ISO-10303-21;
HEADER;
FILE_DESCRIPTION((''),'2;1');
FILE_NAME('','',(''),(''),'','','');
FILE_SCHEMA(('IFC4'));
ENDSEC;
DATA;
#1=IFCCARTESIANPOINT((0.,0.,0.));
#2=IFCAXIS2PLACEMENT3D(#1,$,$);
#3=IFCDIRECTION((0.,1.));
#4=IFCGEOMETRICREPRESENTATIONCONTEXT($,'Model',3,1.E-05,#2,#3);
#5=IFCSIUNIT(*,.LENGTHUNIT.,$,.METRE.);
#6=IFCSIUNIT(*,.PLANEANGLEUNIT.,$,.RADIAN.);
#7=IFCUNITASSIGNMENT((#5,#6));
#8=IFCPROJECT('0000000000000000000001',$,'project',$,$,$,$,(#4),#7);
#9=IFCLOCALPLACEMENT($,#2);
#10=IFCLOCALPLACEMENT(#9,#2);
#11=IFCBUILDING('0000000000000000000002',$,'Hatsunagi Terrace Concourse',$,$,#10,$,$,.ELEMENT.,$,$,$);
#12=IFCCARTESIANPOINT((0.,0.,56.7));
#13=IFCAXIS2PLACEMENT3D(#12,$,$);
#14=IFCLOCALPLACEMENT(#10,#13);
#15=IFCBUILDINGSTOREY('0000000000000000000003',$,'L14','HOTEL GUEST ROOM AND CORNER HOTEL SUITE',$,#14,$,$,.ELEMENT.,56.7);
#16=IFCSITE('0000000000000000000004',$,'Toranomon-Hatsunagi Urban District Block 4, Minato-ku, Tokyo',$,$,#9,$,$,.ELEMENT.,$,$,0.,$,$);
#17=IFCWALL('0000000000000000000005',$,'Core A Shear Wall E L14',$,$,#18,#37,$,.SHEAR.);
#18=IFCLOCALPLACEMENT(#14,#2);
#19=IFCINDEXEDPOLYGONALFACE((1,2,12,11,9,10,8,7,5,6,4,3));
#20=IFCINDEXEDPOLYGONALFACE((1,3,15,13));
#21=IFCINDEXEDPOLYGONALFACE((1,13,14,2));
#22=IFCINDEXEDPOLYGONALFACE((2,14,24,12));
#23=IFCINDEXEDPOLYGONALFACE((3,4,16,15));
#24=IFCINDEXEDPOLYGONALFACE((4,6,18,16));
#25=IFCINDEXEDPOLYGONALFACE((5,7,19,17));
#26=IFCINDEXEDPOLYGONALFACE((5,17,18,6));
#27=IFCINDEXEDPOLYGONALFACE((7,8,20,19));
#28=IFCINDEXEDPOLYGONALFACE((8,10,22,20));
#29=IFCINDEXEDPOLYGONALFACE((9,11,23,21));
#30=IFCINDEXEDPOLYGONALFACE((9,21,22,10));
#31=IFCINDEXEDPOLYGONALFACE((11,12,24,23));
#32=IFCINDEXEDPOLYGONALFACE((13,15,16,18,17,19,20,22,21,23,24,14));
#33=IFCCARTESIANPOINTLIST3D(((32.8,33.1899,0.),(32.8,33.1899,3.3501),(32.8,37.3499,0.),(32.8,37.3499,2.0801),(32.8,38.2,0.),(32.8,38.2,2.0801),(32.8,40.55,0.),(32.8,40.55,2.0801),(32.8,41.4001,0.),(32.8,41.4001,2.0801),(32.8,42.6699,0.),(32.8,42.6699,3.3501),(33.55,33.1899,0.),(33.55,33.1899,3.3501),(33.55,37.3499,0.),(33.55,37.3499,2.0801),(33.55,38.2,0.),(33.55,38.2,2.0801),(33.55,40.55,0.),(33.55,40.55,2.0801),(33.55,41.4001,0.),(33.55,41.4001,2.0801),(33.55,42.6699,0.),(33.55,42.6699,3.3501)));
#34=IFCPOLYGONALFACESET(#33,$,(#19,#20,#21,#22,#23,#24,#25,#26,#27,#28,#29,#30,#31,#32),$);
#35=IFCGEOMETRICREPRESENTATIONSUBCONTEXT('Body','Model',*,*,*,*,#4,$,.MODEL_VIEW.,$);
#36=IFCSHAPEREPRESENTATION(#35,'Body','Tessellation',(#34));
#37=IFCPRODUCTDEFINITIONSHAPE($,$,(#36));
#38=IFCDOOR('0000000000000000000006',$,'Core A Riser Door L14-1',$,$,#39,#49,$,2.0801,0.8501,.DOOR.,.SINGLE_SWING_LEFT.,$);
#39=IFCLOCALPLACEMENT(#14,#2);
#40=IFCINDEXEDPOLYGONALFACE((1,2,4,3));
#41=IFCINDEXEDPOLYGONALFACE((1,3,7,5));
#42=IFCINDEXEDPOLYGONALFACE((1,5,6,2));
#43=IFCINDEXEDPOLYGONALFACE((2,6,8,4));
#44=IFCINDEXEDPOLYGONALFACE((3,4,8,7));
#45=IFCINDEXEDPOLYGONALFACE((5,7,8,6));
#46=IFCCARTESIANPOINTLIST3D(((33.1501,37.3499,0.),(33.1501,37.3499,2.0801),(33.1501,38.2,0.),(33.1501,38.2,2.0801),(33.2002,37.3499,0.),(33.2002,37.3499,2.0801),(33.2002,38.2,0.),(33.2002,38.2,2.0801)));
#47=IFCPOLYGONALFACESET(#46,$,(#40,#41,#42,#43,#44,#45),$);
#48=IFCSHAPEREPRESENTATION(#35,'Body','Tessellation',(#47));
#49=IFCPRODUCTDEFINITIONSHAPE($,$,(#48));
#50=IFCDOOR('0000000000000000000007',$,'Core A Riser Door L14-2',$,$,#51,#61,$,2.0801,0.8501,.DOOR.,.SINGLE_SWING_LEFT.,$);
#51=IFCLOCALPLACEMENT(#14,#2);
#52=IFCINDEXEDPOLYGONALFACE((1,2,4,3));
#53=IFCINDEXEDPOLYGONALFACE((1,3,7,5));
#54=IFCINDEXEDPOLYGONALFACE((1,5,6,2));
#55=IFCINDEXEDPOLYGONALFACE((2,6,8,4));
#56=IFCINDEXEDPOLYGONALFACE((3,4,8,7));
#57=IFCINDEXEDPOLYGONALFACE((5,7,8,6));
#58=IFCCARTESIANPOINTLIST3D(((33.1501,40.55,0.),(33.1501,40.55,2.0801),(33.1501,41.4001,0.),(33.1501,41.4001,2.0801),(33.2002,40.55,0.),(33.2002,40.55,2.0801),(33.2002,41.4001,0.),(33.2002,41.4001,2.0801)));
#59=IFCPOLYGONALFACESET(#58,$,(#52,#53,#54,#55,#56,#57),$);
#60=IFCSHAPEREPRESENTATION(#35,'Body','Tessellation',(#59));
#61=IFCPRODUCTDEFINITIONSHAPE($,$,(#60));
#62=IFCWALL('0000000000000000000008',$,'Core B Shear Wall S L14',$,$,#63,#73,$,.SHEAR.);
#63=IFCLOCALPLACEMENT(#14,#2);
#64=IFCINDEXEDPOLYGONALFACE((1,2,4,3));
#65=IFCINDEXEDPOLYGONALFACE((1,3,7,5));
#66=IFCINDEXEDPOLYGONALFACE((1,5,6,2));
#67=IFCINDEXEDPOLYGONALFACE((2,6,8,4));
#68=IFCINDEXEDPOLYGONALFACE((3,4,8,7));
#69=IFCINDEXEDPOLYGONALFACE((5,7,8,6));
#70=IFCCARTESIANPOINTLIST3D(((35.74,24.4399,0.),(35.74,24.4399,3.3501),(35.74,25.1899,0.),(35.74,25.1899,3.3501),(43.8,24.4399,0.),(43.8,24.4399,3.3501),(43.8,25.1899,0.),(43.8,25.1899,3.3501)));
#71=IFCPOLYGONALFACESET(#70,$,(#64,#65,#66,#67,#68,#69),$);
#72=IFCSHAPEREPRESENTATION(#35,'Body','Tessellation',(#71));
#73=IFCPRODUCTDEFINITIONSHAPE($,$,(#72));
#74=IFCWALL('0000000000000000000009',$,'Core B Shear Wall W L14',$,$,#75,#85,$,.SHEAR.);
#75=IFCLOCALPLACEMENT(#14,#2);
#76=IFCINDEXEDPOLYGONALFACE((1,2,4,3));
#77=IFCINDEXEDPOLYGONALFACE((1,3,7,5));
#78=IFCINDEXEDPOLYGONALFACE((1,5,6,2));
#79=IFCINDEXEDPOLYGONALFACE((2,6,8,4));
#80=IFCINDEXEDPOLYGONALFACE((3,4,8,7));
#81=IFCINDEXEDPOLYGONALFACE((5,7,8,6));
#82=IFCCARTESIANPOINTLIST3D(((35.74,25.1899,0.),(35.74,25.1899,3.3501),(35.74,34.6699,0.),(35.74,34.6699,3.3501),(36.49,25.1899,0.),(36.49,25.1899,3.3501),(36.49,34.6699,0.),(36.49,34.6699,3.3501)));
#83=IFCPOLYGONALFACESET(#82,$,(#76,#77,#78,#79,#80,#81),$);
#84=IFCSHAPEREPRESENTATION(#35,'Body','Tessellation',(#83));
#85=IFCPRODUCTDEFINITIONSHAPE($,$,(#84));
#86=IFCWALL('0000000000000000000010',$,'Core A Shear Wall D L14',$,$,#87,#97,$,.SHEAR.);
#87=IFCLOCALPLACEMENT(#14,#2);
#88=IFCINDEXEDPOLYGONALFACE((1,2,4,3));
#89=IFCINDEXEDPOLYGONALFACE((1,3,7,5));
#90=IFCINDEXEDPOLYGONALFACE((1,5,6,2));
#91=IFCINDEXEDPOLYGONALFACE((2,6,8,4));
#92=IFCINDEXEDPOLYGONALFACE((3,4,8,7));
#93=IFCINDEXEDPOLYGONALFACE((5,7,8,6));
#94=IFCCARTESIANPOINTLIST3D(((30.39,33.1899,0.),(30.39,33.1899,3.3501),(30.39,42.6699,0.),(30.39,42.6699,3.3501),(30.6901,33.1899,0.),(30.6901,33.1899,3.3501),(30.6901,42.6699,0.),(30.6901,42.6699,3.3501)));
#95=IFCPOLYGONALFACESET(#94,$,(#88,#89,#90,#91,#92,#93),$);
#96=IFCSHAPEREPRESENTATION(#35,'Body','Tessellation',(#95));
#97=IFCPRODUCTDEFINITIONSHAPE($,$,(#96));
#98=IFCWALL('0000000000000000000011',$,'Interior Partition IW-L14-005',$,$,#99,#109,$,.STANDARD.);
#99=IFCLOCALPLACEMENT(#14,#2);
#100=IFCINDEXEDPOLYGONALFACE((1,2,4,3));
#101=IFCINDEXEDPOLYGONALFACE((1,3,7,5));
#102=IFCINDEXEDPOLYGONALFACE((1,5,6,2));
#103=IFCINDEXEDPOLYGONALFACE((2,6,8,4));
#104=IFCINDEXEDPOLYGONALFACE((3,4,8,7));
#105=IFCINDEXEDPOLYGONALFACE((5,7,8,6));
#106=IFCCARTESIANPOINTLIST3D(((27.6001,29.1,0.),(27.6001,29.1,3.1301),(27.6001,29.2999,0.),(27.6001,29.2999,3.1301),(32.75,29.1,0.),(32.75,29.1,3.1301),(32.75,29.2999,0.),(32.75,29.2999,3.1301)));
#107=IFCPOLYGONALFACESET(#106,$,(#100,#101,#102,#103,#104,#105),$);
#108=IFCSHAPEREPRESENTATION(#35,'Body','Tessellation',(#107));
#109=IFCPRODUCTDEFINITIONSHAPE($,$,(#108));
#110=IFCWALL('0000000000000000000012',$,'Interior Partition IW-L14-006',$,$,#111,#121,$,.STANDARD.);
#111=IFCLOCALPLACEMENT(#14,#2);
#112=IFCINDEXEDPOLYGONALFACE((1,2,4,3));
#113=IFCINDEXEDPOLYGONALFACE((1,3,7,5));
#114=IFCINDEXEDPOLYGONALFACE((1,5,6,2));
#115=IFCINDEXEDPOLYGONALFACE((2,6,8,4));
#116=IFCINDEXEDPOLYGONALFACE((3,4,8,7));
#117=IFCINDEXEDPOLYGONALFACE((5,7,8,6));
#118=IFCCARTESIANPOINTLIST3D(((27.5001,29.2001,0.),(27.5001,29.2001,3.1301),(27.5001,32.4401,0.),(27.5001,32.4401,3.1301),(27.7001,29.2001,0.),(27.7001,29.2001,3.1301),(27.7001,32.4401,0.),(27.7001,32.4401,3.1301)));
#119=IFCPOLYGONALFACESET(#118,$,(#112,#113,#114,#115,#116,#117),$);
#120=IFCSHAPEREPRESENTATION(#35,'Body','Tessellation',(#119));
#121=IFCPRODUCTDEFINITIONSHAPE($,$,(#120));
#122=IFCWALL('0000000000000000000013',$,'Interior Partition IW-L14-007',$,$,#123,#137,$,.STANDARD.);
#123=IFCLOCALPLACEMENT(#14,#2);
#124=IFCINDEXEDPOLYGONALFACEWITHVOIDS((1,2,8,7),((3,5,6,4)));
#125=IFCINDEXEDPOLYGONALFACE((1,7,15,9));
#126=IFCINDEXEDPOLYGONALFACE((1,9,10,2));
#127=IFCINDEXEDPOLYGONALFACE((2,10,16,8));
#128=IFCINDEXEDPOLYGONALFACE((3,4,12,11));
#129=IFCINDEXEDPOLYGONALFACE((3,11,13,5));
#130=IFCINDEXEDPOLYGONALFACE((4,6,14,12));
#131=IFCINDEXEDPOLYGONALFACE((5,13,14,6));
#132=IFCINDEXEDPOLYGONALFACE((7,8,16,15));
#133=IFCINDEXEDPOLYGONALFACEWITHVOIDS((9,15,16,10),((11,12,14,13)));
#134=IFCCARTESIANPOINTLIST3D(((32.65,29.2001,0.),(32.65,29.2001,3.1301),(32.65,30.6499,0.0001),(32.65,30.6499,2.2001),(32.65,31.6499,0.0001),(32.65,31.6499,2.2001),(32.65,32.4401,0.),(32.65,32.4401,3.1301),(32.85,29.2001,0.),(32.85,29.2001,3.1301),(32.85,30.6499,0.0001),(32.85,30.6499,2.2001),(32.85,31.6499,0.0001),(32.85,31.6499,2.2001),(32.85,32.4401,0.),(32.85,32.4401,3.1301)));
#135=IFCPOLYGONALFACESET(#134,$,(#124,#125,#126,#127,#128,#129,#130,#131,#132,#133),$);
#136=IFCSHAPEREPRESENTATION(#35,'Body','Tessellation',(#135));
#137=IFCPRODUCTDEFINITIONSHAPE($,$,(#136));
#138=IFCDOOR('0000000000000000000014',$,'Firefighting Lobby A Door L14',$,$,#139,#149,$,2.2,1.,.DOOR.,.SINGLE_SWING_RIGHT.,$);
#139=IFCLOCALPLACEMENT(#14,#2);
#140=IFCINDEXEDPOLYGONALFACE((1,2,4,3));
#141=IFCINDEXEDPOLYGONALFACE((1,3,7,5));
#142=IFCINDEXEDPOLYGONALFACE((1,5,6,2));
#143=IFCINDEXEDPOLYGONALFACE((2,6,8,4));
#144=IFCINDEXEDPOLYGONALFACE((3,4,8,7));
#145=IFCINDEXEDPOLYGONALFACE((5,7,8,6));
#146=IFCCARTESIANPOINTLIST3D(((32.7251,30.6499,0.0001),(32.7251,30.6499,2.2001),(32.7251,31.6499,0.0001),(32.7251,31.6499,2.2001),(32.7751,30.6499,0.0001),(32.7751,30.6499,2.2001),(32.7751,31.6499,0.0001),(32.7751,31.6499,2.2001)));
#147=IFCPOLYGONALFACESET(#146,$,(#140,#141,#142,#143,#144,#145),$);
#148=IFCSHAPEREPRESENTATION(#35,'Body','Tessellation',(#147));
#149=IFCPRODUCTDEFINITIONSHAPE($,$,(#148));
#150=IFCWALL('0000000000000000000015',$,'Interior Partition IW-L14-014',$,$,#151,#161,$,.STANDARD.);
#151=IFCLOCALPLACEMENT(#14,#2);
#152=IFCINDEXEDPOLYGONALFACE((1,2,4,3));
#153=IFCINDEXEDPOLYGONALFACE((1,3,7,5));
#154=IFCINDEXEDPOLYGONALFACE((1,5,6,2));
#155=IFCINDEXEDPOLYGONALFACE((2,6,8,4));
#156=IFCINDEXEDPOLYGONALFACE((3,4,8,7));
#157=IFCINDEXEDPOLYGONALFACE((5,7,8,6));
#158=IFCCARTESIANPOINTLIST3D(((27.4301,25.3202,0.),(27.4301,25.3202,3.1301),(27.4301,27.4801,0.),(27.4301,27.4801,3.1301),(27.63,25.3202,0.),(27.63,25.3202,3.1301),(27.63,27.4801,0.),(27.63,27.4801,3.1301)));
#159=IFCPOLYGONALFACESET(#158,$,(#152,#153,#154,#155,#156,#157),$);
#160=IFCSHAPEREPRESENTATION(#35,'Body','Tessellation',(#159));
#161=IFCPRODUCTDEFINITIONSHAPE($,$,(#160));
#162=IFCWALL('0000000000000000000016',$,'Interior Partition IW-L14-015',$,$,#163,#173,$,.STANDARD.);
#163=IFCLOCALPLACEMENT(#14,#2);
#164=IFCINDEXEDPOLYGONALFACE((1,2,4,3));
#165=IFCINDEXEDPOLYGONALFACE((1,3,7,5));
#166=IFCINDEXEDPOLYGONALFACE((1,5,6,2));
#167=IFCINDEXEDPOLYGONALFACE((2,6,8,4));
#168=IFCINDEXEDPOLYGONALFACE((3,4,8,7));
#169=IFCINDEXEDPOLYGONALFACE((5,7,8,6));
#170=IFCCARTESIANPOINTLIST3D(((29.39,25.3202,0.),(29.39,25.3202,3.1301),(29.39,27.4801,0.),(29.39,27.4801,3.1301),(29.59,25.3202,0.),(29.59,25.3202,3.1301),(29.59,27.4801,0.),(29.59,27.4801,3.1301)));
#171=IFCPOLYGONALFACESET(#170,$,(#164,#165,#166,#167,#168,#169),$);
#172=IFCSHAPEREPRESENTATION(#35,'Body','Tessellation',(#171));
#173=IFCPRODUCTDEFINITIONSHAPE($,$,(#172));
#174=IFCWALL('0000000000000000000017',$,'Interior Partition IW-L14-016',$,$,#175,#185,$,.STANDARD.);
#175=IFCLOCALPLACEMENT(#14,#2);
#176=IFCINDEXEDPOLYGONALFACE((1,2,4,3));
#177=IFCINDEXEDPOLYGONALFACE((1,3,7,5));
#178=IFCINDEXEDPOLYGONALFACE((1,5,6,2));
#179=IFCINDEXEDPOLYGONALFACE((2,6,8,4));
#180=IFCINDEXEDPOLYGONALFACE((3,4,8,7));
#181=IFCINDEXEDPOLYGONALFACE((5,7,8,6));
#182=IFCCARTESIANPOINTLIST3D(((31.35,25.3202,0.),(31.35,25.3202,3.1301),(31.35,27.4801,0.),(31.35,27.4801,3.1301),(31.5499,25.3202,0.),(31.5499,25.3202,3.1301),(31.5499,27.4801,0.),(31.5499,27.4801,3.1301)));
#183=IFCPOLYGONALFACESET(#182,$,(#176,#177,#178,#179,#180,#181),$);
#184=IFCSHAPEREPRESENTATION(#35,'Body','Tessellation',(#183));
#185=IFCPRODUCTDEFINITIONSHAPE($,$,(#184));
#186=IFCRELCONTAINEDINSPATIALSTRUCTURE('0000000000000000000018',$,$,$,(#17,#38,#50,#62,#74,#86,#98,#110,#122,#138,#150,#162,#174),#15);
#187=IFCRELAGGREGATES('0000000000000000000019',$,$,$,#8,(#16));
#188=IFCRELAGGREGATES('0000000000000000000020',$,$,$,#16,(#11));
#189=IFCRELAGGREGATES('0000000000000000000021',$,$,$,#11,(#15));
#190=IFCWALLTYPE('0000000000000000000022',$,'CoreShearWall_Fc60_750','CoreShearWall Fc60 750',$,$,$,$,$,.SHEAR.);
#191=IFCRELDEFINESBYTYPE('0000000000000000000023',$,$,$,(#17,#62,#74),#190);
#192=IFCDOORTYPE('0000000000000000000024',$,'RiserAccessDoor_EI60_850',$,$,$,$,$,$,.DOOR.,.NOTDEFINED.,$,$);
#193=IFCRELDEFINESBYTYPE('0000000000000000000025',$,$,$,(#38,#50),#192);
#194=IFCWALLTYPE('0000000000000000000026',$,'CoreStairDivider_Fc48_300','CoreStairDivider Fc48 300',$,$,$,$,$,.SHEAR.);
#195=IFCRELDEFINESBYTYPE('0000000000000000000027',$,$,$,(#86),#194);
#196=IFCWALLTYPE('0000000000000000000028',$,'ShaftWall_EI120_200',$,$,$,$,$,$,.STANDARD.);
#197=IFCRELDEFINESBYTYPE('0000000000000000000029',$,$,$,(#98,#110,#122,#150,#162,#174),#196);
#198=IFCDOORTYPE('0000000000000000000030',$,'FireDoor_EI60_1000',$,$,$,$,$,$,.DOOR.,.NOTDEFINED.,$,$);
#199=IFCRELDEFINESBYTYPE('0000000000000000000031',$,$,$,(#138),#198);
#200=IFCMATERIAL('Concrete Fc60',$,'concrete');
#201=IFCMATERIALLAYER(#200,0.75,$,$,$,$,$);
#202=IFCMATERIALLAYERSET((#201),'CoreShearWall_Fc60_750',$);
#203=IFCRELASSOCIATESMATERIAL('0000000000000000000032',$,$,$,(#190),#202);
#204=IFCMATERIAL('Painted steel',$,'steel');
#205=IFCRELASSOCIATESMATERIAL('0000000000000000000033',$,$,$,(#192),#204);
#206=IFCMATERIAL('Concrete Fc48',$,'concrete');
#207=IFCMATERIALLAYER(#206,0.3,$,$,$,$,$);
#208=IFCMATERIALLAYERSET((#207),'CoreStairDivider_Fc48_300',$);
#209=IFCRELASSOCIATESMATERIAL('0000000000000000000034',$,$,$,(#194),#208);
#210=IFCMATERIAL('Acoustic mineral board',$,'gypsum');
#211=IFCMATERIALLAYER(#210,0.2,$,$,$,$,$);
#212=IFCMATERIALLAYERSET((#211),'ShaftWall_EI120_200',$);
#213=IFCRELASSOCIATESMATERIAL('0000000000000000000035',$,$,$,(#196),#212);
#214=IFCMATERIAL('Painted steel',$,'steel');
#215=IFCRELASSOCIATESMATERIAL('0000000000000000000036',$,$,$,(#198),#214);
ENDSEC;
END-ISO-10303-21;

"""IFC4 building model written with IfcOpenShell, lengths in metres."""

from ifc_helpers import new_model, si_unit, direction, frame, frame_2d, origin, place, context, subcontext, project, spatial, rectangle, extrude, material, layer, layer_set, type_object, element, fill, save


model = new_model("IFC4")

# Units and contexts
model_context = context("Model", 3, precision=1e-05, world=origin(), true_north=direction((0.0, 1.0)))
body_context = subcontext(model_context, "Body", "Model", "MODEL_VIEW")
ifc_project = project(units=[si_unit("LENGTHUNIT", "METRE"), si_unit("PLANEANGLEUNIT", "RADIAN")], contexts=[model_context])

# Site, building, storey
site_placement = place(None, origin())
site = spatial("IfcSite", under=ifc_project, at=site_placement, Name="Toranomon-Hatsunagi Urban District Block 4, Minato-ku, Tokyo", CompositionType="ELEMENT", RefElevation=0.0)
building_placement = place(site_placement, origin())
building = spatial("IfcBuilding", under=site, at=building_placement, Name="Hatsunagi Terrace Concourse", CompositionType="ELEMENT")
storey_placement = place(building_placement, frame((0.0, 0.0, 56.7)))
storey = spatial("IfcBuildingStorey", under=building, at=storey_placement, Name="L14", Description="HOTEL GUEST ROOM AND CORNER HOTEL SUITE", CompositionType="ELEMENT", Elevation=56.7)

# Wall, openings, doors
ifc_material_1 = material(Name="Concrete Fc60", Category="concrete")
ifc_layer_1 = layer(ifc_material_1, 0.75)
ifc_layer_set_1 = layer_set([ifc_layer_1], Name="CoreShearWall_Fc60_750")
wall_type_1 = type_object("IfcWallType", Name="CoreShearWall_Fc60_750", Description="CoreShearWall Fc60 750", PredefinedType="SHEAR", material=ifc_layer_set_1)
wall_1_placement = place(storey_placement, frame((33.175, 33.1899, 0.0), z_axis=(0.0, 0.0, 1.0), x_axis=(0.0, 1.0, 0.0)))
wall_1 = element("IfcWall", 1, at=wall_1_placement, inside=storey, type_object=wall_type_1, Name="Core A Shear Wall E L14", PredefinedType="SHEAR", context=body_context, shape_type="SweptSolid", body=[
    extrude(rectangle(XDim=9.48, YDim=0.75, at=frame_2d((4.74, 0.0))), origin(), (0.0, 0.0, 1.0), 3.3501),
])
opening_1_placement = place(wall_1_placement, frame((4.1599, 0.0, 0.0)))
opening_1 = element("IfcOpeningElement", 2, at=opening_1_placement, cuts=wall_1, PredefinedType="OPENING", context=body_context, shape_type="SweptSolid", body=[
    extrude(rectangle(XDim=0.8501, YDim=2.0801, at=frame_2d((0.425, 1.04))), frame((0.0, 0.385, 0.0), z_axis=(0.0, -1.0, 0.0), x_axis=(1.0, 0.0, 0.0)), (0.0, 0.0, 1.0), 0.77),
])
opening_2_placement = place(wall_1_placement, frame((7.3601, 0.0, 0.0)))
opening_2 = element("IfcOpeningElement", 3, at=opening_2_placement, cuts=wall_1, PredefinedType="OPENING", context=body_context, shape_type="SweptSolid", body=[
    extrude(rectangle(XDim=0.8501, YDim=2.0801, at=frame_2d((0.425, 1.04))), frame((0.0, 0.385, 0.0), z_axis=(0.0, -1.0, 0.0), x_axis=(1.0, 0.0, 0.0)), (0.0, 0.0, 1.0), 0.77),
])
ifc_material_2 = material(Name="Painted steel", Category="steel")
door_type_1 = type_object("IfcDoorType", Name="RiserAccessDoor_EI60_850", OperationType="NOTDEFINED", PredefinedType="DOOR", material=ifc_material_2)
door_1_placement = place(opening_1_placement, origin())
door_1 = element("IfcDoor", 4, at=door_1_placement, inside=storey, type_object=door_type_1, Name="Core A Riser Door L14-1", OperationType="SINGLE_SWING_LEFT", OverallHeight=2.0801, OverallWidth=0.8501, PredefinedType="DOOR", context=body_context, shape_type="SweptSolid", body=[
    extrude(rectangle(XDim=0.8501, YDim=2.0801, at=frame_2d((0.425, 1.04))), frame((0.0, 0.0249, 0.0), z_axis=(0.0, -1.0, 0.0), x_axis=(1.0, 0.0, 0.0)), (0.0, 0.0, 1.0), 0.05),
])
fill(opening_1, door_1)
door_2_placement = place(opening_2_placement, origin())
door_2 = element("IfcDoor", 5, at=door_2_placement, inside=storey, type_object=door_type_1, Name="Core A Riser Door L14-2", OperationType="SINGLE_SWING_LEFT", OverallHeight=2.0801, OverallWidth=0.8501, PredefinedType="DOOR", context=body_context, shape_type="SweptSolid", body=[
    extrude(rectangle(XDim=0.8501, YDim=2.0801, at=frame_2d((0.425, 1.04))), frame((0.0, 0.0249, 0.0), z_axis=(0.0, -1.0, 0.0), x_axis=(1.0, 0.0, 0.0)), (0.0, 0.0, 1.0), 0.05),
])
fill(opening_2, door_2)

# Wall
wall_2_placement = place(storey_placement, frame((35.74, 24.8149, 0.0), z_axis=(0.0, 0.0, 1.0), x_axis=(1.0, 0.0, 0.0)))
element("IfcWall", 6, at=wall_2_placement, inside=storey, type_object=wall_type_1, Name="Core B Shear Wall S L14", PredefinedType="SHEAR", context=body_context, shape_type="SweptSolid", body=[
    extrude(rectangle(XDim=8.0601, YDim=0.75, at=frame_2d((4.03, 0.0))), origin(), (0.0, 0.0, 1.0), 3.3501),
])

# Walls
wall_3_placement = place(storey_placement, frame((36.115, 25.1899, 0.0), z_axis=(0.0, 0.0, 1.0), x_axis=(0.0, 1.0, 0.0)))
element("IfcWall", 7, at=wall_3_placement, inside=storey, type_object=wall_type_1, Name="Core B Shear Wall W L14", PredefinedType="SHEAR", context=body_context, shape_type="SweptSolid", body=[
    extrude(rectangle(XDim=9.48, YDim=0.75, at=frame_2d((4.74, 0.0))), origin(), (0.0, 0.0, 1.0), 3.3501),
])
ifc_material_3 = material(Name="Concrete Fc48", Category="concrete")
ifc_layer_2 = layer(ifc_material_3, 0.3)
ifc_layer_set_2 = layer_set([ifc_layer_2], Name="CoreStairDivider_Fc48_300")
wall_type_2 = type_object("IfcWallType", Name="CoreStairDivider_Fc48_300", Description="CoreStairDivider Fc48 300", PredefinedType="SHEAR", material=ifc_layer_set_2)
wall_4_placement = place(storey_placement, frame((30.54, 33.1899, 0.0), z_axis=(0.0, 0.0, 1.0), x_axis=(0.0, 1.0, 0.0)))
element("IfcWall", 8, at=wall_4_placement, inside=storey, type_object=wall_type_2, Name="Core A Shear Wall D L14", PredefinedType="SHEAR", context=body_context, shape_type="SweptSolid", body=[
    extrude(rectangle(XDim=9.48, YDim=0.3, at=frame_2d((4.74, 0.0))), origin(), (0.0, 0.0, 1.0), 3.3501),
])
ifc_material_4 = material(Name="Acoustic mineral board", Category="gypsum")
ifc_layer_3 = layer(ifc_material_4, 0.2)
ifc_layer_set_3 = layer_set([ifc_layer_3], Name="ShaftWall_EI120_200")
wall_type_3 = type_object("IfcWallType", Name="ShaftWall_EI120_200", PredefinedType="STANDARD", material=ifc_layer_set_3)
wall_5_placement = place(storey_placement, frame((27.6001, 29.2, 0.0), z_axis=(0.0, 0.0, 1.0), x_axis=(1.0, 0.0, 0.0)))
element("IfcWall", 9, at=wall_5_placement, inside=storey, type_object=wall_type_3, Name="Interior Partition IW-L14-005", PredefinedType="STANDARD", context=body_context, shape_type="SweptSolid", body=[
    extrude(rectangle(XDim=5.1499, YDim=0.2, at=frame_2d((2.575, 0.0))), origin(), (0.0, 0.0, 1.0), 3.1301),
])
wall_6_placement = place(storey_placement, frame((27.6001, 29.2, 0.0), z_axis=(0.0, 0.0, 1.0), x_axis=(0.0, 1.0, 0.0)))
element("IfcWall", 10, at=wall_6_placement, inside=storey, type_object=wall_type_3, Name="Interior Partition IW-L14-006", PredefinedType="STANDARD", context=body_context, shape_type="SweptSolid", body=[
    extrude(rectangle(XDim=3.24, YDim=0.2, at=frame_2d((1.6201, 0.0))), origin(), (0.0, 0.0, 1.0), 3.1301),
])

# Wall, opening, door
wall_7_placement = place(storey_placement, frame((32.75, 29.2, 0.0), z_axis=(0.0, 0.0, 1.0), x_axis=(0.0, 1.0, 0.0)))
wall_7 = element("IfcWall", 11, at=wall_7_placement, inside=storey, type_object=wall_type_3, Name="Interior Partition IW-L14-007", PredefinedType="STANDARD", context=body_context, shape_type="SweptSolid", body=[
    extrude(rectangle(XDim=3.24, YDim=0.2, at=frame_2d((1.6201, 0.0))), origin(), (0.0, 0.0, 1.0), 3.1301),
])
opening_3_placement = place(wall_7_placement, frame((1.45, 0.0, 0.0)))
opening_3 = element("IfcOpeningElement", 12, at=opening_3_placement, cuts=wall_7, PredefinedType="OPENING", context=body_context, shape_type="SweptSolid", body=[
    extrude(rectangle(XDim=1.0, YDim=2.2, at=frame_2d((0.5, 1.1001))), frame((0.0, 0.1099, 0.0), z_axis=(0.0, -1.0, 0.0), x_axis=(1.0, 0.0, 0.0)), (0.0, 0.0, 1.0), 0.22),
])
ifc_material_5 = material(Name="Painted steel", Category="steel")
door_type_2 = type_object("IfcDoorType", Name="FireDoor_EI60_1000", OperationType="NOTDEFINED", PredefinedType="DOOR", material=ifc_material_5)
door_3_placement = place(opening_3_placement, origin())
door_3 = element("IfcDoor", 13, at=door_3_placement, inside=storey, type_object=door_type_2, Name="Firefighting Lobby A Door L14", OperationType="SINGLE_SWING_RIGHT", OverallHeight=2.2, OverallWidth=1.0, PredefinedType="DOOR", context=body_context, shape_type="SweptSolid", body=[
    extrude(rectangle(XDim=1.0, YDim=2.2, at=frame_2d((0.5, 1.1001))), frame((0.0, 0.0249, 0.0), z_axis=(0.0, -1.0, 0.0), x_axis=(1.0, 0.0, 0.0)), (0.0, 0.0, 1.0), 0.05),
])
fill(opening_3, door_3)

# Walls
for number, where, z_axis, x_axis, name in (
    (14, (27.53, 25.3201, 0.0), (0.0, 0.0, 1.0), (0.0, 1.0, 0.0), "Interior Partition IW-L14-014"),
    (15, (29.49, 25.3201, 0.0), (0.0, 0.0, 1.0), (0.0, 1.0, 0.0), "Interior Partition IW-L14-015"),
    (16, (31.45, 25.3201, 0.0), (0.0, 0.0, 1.0), (0.0, 1.0, 0.0), "Interior Partition IW-L14-016"),
):
    element("IfcWall", number, at=place(storey_placement, frame(where, z_axis=z_axis, x_axis=x_axis)), inside=storey, type_object=wall_type_3, Name=name, PredefinedType="STANDARD", context=body_context, shape_type="SweptSolid", body=[
        extrude(rectangle(XDim=2.1599, YDim=0.2, at=frame_2d((1.0801, 0.0))), origin(), (0.0, 0.0, 1.0), 3.1301),
    ])

save(model, "model.ifc")
